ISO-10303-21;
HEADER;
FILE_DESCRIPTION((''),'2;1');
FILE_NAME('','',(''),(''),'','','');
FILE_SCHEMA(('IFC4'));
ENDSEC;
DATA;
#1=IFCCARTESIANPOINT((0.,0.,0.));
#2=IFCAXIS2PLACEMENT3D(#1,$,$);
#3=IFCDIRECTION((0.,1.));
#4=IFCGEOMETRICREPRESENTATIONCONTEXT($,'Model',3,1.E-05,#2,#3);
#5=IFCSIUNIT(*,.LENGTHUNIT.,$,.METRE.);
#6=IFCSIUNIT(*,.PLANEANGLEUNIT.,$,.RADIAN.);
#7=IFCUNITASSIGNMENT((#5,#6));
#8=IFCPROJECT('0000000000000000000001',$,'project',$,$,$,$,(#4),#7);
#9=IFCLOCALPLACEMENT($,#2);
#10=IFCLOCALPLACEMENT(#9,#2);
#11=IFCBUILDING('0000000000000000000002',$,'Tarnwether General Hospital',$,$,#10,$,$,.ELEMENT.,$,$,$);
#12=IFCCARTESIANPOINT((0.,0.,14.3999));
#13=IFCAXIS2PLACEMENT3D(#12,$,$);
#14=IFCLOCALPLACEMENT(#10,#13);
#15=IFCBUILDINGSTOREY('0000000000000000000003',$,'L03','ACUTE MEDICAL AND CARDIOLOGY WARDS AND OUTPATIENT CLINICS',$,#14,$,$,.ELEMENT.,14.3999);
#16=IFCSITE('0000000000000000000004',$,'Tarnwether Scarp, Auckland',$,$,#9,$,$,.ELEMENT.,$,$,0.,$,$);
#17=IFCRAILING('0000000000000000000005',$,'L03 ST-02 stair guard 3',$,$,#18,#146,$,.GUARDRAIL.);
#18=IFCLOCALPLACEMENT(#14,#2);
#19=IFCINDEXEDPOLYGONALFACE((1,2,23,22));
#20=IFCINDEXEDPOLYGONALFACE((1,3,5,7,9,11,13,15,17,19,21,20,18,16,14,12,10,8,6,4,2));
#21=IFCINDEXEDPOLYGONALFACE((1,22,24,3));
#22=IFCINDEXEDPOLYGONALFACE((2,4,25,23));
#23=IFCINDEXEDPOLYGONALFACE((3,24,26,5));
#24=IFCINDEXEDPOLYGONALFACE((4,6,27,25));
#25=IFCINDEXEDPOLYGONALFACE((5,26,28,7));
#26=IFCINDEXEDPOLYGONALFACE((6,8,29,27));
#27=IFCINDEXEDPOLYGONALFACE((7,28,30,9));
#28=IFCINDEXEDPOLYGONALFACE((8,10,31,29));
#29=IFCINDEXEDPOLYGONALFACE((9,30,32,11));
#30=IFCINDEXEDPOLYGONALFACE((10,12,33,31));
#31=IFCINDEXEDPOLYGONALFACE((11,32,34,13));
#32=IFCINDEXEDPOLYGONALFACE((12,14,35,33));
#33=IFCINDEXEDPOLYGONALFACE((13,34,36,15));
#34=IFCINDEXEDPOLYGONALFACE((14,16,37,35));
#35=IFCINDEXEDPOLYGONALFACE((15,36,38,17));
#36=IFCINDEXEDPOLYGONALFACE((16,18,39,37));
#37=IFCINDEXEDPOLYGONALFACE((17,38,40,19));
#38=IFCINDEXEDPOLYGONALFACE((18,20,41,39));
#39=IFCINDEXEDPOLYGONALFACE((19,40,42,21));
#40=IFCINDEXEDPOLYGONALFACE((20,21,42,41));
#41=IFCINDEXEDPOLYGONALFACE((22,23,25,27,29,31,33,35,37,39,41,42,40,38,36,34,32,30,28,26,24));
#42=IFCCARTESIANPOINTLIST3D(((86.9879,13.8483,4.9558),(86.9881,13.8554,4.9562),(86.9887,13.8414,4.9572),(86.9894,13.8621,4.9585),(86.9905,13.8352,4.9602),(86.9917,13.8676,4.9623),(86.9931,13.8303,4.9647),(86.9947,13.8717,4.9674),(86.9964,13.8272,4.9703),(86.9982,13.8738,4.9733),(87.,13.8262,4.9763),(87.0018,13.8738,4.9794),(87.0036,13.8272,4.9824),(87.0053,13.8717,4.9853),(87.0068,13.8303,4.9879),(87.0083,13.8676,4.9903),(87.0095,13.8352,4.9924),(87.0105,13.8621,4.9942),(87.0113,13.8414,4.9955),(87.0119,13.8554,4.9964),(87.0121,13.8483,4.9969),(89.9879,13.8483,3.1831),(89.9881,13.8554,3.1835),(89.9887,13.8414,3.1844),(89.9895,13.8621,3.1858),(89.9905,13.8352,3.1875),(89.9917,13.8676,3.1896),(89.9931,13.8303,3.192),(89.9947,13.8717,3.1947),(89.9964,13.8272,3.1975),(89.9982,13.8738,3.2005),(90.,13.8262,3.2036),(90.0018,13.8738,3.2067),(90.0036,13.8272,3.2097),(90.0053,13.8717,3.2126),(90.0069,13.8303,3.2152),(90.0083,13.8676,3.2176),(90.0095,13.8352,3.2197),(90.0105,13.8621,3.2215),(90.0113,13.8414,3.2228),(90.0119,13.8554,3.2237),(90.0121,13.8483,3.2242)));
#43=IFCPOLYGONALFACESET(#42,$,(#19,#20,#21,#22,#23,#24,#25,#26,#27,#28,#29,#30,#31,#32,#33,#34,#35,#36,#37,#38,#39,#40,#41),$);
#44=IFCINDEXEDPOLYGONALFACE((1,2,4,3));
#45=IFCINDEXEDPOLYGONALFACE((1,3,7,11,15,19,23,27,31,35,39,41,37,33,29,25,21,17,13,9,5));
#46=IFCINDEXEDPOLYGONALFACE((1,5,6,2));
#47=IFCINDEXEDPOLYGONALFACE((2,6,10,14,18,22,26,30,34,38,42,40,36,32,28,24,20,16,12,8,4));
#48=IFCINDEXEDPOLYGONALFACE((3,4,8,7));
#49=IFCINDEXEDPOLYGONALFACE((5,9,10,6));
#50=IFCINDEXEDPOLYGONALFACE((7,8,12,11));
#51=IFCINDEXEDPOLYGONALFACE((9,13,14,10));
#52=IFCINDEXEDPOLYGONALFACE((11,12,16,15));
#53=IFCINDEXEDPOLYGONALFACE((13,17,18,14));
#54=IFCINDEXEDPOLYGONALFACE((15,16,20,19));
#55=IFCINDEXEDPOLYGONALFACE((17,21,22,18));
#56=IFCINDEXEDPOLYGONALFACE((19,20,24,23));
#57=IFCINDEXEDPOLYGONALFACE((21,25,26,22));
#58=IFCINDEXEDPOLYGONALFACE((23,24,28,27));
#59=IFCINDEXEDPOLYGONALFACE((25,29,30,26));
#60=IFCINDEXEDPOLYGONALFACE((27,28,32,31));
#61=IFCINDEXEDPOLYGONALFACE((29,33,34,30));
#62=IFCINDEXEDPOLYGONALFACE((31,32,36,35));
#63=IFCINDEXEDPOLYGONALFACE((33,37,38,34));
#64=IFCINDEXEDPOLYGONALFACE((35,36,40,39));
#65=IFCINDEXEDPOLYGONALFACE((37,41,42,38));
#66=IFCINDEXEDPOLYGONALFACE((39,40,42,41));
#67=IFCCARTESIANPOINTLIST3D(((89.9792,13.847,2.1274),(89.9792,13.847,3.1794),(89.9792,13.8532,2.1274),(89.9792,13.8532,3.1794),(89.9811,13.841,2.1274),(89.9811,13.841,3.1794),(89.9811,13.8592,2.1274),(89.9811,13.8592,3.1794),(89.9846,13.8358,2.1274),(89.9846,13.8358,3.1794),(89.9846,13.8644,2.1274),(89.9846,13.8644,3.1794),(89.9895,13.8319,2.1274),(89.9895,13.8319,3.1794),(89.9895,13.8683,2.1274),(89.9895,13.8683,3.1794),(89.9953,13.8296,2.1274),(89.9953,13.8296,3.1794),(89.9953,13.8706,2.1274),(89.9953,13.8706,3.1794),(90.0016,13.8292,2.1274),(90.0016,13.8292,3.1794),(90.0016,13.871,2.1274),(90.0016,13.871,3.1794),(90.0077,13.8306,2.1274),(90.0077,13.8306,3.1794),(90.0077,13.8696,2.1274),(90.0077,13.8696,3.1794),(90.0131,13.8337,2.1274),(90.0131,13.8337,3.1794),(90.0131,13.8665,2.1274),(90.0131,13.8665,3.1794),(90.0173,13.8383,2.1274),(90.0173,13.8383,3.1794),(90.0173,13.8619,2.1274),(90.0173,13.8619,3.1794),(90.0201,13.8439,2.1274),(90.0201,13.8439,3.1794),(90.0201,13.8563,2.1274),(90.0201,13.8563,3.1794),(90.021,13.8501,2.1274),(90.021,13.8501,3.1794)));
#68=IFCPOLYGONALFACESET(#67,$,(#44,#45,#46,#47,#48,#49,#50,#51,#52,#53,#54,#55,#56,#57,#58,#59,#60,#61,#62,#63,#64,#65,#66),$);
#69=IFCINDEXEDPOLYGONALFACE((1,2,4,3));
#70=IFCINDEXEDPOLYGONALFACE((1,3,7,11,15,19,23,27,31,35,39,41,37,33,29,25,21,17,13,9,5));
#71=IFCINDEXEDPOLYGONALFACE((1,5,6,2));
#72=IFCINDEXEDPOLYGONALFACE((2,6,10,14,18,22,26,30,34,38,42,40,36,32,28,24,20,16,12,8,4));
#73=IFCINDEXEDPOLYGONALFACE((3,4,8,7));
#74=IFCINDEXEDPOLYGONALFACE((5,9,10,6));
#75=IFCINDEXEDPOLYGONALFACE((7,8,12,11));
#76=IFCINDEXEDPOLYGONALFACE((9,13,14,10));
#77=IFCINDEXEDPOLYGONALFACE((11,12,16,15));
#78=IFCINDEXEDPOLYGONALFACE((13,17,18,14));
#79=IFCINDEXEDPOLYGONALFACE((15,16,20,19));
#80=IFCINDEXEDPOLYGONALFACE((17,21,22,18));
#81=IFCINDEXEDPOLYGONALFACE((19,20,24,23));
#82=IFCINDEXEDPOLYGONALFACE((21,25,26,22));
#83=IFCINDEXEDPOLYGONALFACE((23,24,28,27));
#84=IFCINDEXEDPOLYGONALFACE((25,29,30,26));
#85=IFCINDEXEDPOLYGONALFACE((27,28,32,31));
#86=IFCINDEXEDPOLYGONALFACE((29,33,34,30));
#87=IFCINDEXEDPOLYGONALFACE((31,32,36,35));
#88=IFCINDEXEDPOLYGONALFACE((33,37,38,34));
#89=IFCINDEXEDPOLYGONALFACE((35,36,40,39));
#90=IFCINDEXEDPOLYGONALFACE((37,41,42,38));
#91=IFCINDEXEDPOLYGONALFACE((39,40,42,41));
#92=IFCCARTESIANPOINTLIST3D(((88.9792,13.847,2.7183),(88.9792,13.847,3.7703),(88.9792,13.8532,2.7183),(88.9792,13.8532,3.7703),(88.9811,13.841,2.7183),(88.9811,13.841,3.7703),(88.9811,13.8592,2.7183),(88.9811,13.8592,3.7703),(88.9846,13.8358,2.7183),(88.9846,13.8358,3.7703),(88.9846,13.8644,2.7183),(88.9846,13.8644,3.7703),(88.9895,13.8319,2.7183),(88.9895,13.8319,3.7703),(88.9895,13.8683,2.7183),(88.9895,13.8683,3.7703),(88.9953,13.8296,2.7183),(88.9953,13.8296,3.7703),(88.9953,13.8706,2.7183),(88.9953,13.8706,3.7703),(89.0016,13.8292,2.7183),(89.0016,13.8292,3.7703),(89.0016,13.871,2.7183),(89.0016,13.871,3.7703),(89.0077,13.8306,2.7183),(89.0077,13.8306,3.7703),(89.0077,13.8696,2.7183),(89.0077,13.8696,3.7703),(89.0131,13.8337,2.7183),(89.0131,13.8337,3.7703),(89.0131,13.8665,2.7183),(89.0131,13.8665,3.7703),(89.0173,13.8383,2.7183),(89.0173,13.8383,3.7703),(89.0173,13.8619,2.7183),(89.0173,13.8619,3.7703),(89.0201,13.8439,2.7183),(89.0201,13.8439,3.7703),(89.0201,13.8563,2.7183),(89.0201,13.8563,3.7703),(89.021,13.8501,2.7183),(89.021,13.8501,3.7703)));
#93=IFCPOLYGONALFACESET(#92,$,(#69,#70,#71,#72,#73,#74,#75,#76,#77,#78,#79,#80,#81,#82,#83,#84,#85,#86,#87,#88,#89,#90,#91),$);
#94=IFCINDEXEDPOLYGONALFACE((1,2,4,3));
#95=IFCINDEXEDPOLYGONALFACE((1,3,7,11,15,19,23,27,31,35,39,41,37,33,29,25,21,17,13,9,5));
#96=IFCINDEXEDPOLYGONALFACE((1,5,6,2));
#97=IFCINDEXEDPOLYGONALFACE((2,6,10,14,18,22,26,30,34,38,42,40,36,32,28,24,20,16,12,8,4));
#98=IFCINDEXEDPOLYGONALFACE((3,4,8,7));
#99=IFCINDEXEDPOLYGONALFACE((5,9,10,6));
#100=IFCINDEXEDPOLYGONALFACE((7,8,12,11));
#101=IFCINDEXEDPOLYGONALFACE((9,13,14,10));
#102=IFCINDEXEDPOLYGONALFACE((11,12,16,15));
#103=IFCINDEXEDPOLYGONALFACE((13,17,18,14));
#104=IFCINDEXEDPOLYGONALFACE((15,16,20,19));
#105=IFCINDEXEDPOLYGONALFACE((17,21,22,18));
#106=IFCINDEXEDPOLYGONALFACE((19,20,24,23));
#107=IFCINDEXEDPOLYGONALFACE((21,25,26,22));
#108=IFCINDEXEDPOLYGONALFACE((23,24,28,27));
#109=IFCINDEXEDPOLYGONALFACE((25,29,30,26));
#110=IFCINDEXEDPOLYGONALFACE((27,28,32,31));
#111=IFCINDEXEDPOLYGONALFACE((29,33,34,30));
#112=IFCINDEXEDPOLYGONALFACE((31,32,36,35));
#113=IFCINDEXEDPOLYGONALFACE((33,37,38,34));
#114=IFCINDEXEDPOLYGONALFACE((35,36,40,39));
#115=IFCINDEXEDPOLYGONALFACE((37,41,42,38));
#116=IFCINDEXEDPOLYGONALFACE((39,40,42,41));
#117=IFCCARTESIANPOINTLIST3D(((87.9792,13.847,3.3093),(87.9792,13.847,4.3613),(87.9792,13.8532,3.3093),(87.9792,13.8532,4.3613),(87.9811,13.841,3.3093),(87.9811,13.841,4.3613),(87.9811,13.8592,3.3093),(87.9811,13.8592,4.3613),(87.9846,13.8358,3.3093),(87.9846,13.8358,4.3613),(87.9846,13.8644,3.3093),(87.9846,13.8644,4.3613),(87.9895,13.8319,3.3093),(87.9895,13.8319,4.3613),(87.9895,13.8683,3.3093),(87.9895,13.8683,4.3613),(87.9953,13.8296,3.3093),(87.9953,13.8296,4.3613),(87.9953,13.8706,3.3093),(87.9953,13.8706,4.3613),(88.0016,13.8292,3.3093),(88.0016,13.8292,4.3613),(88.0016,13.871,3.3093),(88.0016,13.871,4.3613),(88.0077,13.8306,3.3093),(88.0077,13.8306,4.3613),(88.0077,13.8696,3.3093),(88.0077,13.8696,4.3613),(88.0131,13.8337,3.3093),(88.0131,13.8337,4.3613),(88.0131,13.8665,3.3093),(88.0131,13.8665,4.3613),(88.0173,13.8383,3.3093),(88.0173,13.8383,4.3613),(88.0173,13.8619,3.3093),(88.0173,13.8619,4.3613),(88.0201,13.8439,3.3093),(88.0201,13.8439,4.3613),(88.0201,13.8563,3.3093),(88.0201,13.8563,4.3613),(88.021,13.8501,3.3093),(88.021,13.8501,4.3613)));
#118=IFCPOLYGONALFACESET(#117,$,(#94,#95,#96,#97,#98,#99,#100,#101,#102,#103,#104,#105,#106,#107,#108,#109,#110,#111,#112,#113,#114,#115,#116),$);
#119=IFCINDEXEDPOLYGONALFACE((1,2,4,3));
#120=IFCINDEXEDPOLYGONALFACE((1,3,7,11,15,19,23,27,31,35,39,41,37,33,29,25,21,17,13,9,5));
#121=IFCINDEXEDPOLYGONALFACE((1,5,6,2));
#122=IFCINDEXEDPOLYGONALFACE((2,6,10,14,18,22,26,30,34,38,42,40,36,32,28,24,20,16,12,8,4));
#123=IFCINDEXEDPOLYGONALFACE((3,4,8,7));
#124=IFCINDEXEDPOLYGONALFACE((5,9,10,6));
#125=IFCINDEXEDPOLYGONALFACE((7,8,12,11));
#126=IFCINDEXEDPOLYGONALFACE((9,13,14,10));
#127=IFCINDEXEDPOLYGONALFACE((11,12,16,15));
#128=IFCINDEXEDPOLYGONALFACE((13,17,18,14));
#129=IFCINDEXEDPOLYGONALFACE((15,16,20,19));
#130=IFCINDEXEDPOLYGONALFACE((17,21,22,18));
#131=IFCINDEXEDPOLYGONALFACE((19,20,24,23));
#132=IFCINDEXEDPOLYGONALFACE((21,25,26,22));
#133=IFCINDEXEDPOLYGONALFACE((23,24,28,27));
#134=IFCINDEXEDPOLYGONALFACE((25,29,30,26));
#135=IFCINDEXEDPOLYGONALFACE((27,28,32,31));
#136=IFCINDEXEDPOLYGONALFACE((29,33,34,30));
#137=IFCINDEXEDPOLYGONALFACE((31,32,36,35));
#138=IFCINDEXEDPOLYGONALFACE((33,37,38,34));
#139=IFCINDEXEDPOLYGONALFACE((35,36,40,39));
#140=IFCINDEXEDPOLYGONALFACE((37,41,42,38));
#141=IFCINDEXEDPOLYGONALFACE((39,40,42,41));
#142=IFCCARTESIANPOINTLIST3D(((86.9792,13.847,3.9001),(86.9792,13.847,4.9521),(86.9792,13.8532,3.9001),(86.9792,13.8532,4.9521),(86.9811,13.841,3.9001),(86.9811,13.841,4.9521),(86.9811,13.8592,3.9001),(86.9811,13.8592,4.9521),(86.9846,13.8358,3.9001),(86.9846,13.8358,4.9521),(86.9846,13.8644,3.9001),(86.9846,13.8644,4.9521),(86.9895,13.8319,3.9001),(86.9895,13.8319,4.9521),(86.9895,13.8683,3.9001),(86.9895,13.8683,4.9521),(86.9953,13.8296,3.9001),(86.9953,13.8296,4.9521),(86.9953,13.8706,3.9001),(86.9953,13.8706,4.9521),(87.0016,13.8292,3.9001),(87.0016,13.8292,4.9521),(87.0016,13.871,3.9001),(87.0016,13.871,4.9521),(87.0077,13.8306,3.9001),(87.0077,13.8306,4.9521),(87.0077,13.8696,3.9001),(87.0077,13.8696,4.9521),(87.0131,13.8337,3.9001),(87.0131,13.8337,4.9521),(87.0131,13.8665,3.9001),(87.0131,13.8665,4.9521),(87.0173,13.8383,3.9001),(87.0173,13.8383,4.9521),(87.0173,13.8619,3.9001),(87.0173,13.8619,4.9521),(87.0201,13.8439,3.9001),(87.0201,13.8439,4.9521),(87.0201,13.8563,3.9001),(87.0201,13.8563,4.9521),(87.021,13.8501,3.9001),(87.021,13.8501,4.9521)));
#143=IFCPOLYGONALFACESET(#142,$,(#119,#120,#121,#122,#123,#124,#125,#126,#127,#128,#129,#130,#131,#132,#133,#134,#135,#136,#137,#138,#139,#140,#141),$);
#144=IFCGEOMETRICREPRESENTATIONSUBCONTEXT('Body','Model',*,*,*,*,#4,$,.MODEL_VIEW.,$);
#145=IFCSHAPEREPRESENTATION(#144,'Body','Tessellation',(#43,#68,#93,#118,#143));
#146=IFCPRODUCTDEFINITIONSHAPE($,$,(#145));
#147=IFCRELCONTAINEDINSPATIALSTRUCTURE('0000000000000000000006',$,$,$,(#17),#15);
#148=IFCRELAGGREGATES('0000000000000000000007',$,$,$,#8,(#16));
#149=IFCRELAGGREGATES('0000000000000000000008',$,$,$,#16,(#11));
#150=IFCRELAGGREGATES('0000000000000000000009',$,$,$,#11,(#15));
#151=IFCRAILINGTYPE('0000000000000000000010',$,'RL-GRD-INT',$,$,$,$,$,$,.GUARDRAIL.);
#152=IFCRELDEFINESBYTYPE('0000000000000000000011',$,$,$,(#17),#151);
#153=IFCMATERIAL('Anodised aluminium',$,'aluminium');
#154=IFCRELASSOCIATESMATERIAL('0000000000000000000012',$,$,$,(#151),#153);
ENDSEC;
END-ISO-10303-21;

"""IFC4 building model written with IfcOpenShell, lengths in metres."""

from ifc_helpers import new_model, si_unit, direction, frame, origin, origin_2d, place, context, subcontext, project, spatial, circle, extrude, material, type_object, element, save


model = new_model("IFC4")

# Units and contexts
model_context = context("Model", 3, precision=1e-05, world=origin(), true_north=direction((0.0, 1.0)))
body_context = subcontext(model_context, "Body", "Model", "MODEL_VIEW")
ifc_project = project(units=[si_unit("LENGTHUNIT", "METRE"), si_unit("PLANEANGLEUNIT", "RADIAN")], contexts=[model_context])

# Site, building, storey
site_placement = place(None, origin())
site = spatial("IfcSite", under=ifc_project, at=site_placement, Name="Tarnwether Scarp, Auckland", CompositionType="ELEMENT", RefElevation=0.0)
building_placement = place(site_placement, origin())
building = spatial("IfcBuilding", under=site, at=building_placement, Name="Tarnwether General Hospital", CompositionType="ELEMENT")
storey_placement = place(building_placement, frame((0.0, 0.0, 14.3999)))
storey = spatial("IfcBuildingStorey", under=building, at=storey_placement, Name="L03", Description="ACUTE MEDICAL AND CARDIOLOGY WARDS AND OUTPATIENT CLINICS", CompositionType="ELEMENT", Elevation=14.3999)

# Railing
ifc_material_1 = material(Name="Anodised aluminium", Category="aluminium")
railing_type_1 = type_object("IfcRailingType", Name="RL-GRD-INT", PredefinedType="GUARDRAIL", material=ifc_material_1)
railing_1_placement = place(storey_placement, frame((90.0, 13.8501, 2.1274)))
element("IfcRailing", 1, at=railing_1_placement, inside=storey, type_object=railing_type_1, Name="L03 ST-02 stair guard 3", PredefinedType="GUARDRAIL", context=body_context, shape_type="SweptSolid", body=[
    extrude(circle(Radius=0.0239, at=origin_2d()), frame((0.0, 0.0, 1.0762), z_axis=(-0.860929, 0.0, 0.508725), x_axis=(0.0, -1.0, 0.0)), (0.0, 0.0, 1.0), 3.4846),
    extrude(circle(Radius=0.021, at=origin_2d()), origin(), (0.0, 0.0, 1.0), 1.052),
    extrude(circle(Radius=0.021, at=origin_2d()), frame((-1.0, 0.0, 0.5908)), (0.0, 0.0, 1.0), 1.052),
    extrude(circle(Radius=0.021, at=origin_2d()), frame((-2.0, 0.0, 1.1819)), (0.0, 0.0, 1.0), 1.052),
    extrude(circle(Radius=0.021, at=origin_2d()), frame((-3.0, 0.0, 1.7727)), (0.0, 0.0, 1.0), 1.052),
])

save(model, "model.ifc")
